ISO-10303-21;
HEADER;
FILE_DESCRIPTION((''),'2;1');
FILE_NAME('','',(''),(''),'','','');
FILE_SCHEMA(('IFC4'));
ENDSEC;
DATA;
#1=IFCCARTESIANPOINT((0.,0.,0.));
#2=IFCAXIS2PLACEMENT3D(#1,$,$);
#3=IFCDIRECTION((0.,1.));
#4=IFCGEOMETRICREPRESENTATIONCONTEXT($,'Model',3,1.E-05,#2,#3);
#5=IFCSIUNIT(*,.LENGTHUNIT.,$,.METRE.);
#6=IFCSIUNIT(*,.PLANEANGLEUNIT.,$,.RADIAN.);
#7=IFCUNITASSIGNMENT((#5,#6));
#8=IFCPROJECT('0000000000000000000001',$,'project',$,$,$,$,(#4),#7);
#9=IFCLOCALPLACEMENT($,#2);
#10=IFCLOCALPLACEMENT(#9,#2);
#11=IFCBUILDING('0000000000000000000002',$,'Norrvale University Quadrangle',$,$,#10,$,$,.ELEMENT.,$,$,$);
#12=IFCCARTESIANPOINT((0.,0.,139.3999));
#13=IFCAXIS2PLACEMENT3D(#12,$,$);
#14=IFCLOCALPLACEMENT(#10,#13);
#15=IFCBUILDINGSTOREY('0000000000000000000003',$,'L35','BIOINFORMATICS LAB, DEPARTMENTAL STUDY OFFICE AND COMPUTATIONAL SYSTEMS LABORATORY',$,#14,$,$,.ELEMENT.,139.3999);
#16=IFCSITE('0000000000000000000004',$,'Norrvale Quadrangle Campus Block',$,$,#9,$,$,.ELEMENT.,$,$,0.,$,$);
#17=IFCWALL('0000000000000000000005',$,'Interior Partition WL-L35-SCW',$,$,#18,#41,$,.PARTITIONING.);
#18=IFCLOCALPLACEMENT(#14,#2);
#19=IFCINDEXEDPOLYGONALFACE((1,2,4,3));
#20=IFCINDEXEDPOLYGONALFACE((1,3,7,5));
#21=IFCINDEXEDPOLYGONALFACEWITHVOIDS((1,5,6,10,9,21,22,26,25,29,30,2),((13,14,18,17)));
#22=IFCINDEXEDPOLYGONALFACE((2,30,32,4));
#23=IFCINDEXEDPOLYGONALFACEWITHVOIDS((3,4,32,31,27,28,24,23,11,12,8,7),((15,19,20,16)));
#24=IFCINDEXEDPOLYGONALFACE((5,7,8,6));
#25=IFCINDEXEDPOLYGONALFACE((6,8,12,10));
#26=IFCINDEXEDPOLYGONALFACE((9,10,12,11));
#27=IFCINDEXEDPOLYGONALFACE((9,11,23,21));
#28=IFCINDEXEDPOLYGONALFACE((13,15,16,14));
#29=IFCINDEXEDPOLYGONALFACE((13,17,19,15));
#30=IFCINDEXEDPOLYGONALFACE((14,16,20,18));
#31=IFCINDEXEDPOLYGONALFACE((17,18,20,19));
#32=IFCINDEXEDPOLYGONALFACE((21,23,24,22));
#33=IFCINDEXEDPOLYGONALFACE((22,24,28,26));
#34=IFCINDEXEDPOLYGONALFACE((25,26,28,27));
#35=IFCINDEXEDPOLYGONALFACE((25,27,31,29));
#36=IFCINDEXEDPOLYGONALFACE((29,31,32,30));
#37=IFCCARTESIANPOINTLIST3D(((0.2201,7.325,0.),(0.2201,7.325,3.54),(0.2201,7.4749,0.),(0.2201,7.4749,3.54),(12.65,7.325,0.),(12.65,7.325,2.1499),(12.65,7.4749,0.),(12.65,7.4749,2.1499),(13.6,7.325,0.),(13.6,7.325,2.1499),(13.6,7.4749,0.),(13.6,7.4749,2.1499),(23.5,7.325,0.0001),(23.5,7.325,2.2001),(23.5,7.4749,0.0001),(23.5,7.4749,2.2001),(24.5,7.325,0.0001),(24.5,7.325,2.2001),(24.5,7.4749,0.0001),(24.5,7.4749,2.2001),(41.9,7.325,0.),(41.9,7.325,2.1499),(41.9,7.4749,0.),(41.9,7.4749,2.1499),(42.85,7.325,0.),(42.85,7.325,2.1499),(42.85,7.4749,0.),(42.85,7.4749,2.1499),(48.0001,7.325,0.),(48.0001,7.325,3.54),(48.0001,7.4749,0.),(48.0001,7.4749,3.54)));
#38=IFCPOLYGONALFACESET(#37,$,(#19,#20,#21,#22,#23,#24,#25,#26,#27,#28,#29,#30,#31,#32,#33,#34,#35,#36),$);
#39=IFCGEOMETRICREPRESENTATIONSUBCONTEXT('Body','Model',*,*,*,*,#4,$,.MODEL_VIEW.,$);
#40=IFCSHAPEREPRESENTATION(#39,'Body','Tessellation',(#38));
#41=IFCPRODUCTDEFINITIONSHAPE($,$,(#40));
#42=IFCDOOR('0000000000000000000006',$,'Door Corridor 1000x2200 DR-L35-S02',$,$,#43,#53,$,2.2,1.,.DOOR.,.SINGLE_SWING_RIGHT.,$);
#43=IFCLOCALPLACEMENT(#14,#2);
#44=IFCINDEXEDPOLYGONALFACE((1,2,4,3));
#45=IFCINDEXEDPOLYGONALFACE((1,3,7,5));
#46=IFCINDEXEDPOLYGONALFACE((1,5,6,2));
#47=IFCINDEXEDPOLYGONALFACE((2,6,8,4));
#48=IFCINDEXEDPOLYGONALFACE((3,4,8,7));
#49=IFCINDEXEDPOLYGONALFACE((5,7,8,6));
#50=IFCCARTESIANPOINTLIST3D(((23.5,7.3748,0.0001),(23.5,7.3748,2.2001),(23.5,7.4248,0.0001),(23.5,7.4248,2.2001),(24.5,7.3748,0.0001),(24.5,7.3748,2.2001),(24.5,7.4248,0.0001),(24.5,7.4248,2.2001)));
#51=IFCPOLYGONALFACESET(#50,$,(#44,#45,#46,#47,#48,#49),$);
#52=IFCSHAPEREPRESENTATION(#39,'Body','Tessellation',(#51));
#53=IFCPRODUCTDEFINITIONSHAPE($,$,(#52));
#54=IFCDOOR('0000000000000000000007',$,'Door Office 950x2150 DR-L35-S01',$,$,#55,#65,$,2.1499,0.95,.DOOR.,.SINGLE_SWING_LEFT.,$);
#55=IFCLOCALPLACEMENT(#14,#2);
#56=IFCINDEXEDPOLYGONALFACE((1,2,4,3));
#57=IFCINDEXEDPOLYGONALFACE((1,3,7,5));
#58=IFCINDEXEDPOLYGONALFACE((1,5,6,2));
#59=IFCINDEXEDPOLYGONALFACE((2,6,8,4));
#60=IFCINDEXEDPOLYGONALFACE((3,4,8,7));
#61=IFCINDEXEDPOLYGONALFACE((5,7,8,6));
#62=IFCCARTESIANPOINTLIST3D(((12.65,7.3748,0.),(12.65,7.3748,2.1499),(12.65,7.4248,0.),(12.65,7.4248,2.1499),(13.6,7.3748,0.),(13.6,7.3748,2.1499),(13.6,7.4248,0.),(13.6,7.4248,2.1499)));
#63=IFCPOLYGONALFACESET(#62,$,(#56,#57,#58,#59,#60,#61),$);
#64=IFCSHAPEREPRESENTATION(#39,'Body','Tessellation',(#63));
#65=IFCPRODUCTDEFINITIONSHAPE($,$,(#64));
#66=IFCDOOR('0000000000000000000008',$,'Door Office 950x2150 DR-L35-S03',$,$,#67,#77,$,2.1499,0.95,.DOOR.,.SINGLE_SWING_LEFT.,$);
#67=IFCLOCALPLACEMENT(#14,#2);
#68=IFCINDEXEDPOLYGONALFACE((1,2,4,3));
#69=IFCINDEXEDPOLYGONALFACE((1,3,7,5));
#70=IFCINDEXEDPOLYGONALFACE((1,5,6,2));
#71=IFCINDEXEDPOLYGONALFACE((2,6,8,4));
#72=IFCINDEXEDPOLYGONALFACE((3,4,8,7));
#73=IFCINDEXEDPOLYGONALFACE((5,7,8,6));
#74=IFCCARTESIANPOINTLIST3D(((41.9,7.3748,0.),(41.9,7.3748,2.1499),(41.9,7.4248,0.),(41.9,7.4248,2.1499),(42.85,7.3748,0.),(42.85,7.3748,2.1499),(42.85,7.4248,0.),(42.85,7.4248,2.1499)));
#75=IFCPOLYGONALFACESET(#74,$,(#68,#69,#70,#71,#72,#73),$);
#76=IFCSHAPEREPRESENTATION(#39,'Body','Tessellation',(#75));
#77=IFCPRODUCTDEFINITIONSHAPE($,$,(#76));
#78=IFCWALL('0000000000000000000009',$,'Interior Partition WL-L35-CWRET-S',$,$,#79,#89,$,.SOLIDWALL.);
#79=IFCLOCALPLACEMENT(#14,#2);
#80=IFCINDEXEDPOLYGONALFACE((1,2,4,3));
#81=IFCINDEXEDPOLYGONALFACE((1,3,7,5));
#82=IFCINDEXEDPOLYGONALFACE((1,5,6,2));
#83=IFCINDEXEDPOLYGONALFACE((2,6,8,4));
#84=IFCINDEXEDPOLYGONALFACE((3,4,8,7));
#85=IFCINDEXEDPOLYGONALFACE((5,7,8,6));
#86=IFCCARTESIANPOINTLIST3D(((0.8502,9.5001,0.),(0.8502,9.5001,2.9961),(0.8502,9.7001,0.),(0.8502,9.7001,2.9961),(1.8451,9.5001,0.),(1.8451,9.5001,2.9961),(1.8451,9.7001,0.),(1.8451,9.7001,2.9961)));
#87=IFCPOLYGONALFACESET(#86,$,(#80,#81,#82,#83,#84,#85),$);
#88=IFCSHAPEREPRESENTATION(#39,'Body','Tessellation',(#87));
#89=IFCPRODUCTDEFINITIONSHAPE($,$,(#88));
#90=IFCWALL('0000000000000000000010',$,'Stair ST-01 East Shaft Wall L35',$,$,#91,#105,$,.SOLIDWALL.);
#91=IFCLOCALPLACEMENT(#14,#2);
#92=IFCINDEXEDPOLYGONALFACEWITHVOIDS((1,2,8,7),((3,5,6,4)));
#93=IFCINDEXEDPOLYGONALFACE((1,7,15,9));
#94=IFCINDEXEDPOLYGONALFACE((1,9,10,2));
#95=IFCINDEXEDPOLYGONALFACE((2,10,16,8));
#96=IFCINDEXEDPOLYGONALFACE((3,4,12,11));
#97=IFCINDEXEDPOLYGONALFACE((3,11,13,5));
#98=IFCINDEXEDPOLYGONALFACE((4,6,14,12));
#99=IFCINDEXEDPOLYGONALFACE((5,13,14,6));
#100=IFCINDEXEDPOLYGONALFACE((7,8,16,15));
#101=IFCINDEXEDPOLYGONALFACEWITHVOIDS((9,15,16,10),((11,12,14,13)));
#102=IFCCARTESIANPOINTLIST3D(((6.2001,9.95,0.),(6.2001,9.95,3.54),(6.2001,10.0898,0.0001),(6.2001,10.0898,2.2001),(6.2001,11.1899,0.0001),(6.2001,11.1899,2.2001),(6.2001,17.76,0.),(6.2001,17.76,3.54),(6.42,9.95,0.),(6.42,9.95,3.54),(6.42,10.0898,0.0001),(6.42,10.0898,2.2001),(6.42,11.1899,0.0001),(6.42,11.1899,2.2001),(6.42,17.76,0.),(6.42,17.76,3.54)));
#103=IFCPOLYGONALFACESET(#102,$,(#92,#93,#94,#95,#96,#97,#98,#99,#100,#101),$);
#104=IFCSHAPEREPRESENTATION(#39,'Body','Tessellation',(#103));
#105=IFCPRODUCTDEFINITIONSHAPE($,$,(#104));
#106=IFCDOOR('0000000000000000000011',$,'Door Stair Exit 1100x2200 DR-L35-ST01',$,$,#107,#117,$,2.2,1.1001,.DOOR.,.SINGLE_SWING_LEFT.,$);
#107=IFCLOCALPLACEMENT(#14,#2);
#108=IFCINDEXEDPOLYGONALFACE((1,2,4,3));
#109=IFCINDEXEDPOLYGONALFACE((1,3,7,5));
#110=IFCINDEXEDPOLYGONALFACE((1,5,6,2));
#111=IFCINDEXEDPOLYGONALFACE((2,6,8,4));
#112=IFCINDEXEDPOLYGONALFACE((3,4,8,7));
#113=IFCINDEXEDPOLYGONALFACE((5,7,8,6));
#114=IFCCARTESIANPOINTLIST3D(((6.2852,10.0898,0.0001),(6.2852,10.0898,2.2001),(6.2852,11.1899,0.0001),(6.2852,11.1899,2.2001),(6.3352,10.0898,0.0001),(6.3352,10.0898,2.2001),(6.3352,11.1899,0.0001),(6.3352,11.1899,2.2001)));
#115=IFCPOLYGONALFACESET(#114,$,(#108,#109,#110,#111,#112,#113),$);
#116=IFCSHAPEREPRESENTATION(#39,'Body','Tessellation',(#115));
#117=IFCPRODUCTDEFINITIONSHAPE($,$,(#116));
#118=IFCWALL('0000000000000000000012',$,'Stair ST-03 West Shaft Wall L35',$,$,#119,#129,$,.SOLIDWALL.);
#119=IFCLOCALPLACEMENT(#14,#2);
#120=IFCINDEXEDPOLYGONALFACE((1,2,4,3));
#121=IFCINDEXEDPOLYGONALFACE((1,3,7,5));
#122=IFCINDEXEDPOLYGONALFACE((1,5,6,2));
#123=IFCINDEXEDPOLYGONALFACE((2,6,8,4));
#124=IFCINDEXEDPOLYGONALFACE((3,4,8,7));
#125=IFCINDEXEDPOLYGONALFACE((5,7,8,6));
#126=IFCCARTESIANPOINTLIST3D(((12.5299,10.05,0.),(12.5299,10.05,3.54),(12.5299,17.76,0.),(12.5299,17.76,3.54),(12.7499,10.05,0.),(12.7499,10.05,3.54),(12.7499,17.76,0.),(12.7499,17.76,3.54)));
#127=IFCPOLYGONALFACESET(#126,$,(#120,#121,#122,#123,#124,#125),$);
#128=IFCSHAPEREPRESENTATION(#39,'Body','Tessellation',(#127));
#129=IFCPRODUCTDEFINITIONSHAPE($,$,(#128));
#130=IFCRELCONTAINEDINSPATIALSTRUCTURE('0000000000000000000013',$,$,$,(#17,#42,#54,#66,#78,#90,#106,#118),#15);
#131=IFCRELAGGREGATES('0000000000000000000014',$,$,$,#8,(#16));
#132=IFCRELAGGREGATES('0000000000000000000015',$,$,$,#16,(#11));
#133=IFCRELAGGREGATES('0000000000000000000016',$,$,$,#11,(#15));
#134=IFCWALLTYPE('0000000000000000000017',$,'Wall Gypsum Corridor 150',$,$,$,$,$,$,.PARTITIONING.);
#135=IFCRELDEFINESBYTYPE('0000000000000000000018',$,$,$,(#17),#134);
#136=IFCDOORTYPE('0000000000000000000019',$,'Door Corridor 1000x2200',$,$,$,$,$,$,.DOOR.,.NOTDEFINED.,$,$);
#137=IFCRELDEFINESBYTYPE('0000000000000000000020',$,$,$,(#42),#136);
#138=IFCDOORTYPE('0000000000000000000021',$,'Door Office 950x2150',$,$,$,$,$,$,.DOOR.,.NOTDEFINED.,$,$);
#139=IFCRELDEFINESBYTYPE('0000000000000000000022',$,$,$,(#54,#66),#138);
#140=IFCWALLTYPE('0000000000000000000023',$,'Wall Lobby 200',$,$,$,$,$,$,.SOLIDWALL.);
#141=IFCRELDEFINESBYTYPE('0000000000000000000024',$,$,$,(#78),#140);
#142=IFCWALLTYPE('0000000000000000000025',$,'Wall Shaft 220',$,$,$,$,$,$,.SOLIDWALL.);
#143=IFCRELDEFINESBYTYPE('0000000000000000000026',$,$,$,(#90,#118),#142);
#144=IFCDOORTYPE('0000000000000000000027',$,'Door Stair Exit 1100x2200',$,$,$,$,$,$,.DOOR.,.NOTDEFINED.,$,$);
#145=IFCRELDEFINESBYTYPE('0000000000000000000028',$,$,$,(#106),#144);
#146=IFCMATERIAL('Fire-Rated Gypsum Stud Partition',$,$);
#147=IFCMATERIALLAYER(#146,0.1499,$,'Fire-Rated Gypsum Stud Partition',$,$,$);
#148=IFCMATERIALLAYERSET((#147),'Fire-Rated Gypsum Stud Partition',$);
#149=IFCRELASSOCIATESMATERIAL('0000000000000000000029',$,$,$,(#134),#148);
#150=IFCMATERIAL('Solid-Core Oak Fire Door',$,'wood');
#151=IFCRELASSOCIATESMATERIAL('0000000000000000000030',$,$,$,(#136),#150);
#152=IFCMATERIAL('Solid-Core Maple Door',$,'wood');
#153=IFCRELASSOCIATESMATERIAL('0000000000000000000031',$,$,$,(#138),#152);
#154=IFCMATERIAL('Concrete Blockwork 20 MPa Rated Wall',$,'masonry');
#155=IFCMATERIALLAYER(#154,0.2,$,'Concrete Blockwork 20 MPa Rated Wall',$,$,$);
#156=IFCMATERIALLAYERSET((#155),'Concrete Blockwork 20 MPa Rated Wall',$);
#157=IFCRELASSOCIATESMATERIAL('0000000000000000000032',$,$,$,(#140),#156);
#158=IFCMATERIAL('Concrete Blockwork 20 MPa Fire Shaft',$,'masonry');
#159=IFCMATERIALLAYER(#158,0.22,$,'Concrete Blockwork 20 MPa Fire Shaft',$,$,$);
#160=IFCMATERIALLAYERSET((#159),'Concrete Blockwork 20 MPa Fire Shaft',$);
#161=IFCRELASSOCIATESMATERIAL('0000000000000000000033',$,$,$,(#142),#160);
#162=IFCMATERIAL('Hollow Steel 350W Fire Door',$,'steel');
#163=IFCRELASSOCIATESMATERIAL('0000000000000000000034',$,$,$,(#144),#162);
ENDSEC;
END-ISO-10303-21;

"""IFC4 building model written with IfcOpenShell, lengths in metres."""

from ifc_helpers import new_model, si_unit, direction, frame, frame_2d, origin, place, context, subcontext, project, spatial, rectangle, extrude, material, layer, layer_set, type_object, element, fill, save


model = new_model("IFC4")

# Units and contexts
model_context = context("Model", 3, precision=1e-05, world=origin(), true_north=direction((0.0, 1.0)))
body_context = subcontext(model_context, "Body", "Model", "MODEL_VIEW")
ifc_project = project(units=[si_unit("LENGTHUNIT", "METRE"), si_unit("PLANEANGLEUNIT", "RADIAN")], contexts=[model_context])

# Site, building, storey
site_placement = place(None, origin())
site = spatial("IfcSite", under=ifc_project, at=site_placement, Name="Norrvale Quadrangle Campus Block", CompositionType="ELEMENT", RefElevation=0.0)
building_placement = place(site_placement, origin())
building = spatial("IfcBuilding", under=site, at=building_placement, Name="Norrvale University Quadrangle", CompositionType="ELEMENT")
storey_placement = place(building_placement, frame((0.0, 0.0, 139.3999)))
storey = spatial("IfcBuildingStorey", under=building, at=storey_placement, Name="L35", Description="BIOINFORMATICS LAB, DEPARTMENTAL STUDY OFFICE AND COMPUTATIONAL SYSTEMS LABORATORY", CompositionType="ELEMENT", Elevation=139.3999)

# Shared definitions
ifc_material_1 = material(Name="Fire-Rated Gypsum Stud Partition")
ifc_layer_1 = layer(ifc_material_1, 0.1499, Name="Fire-Rated Gypsum Stud Partition")
ifc_layer_set_1 = layer_set([ifc_layer_1], Name="Fire-Rated Gypsum Stud Partition")
wall_type_1 = type_object("IfcWallType", Name="Wall Gypsum Corridor 150", PredefinedType="PARTITIONING", material=ifc_layer_set_1)

# Wall, openings, doors
wall_1_placement = place(storey_placement, frame((0.22, 7.3999, 0.0), z_axis=(0.0, 0.0, 1.0), x_axis=(1.0, 0.0, 0.0)))
wall_1 = element("IfcWall", 1, at=wall_1_placement, inside=storey, type_object=wall_type_1, Name="Interior Partition WL-L35-SCW", PredefinedType="PARTITIONING", context=body_context, shape_type="SweptSolid", body=[
    extrude(rectangle(XDim=47.78, YDim=0.1499, at=frame_2d((23.8901, 0.0))), origin(), (0.0, 0.0, 1.0), 3.54),
])
opening_1_placement = place(wall_1_placement, frame((12.4299, 0.0, 0.0)))
opening_1 = element("IfcOpeningElement", 2, at=opening_1_placement, cuts=wall_1, PredefinedType="OPENING", context=body_context, shape_type="SweptSolid", body=[
    extrude(rectangle(XDim=0.95, YDim=2.1499, at=frame_2d((0.4751, 1.075))), frame((0.0, 0.0869, 0.0), z_axis=(0.0, -1.0, 0.0), x_axis=(1.0, 0.0, 0.0)), (0.0, 0.0, 1.0), 0.1738),
])
opening_2_placement = place(wall_1_placement, frame((23.28, 0.0, 0.0)))
opening_2 = element("IfcOpeningElement", 3, at=opening_2_placement, cuts=wall_1, PredefinedType="OPENING", context=body_context, shape_type="SweptSolid", body=[
    extrude(rectangle(XDim=1.0, YDim=2.2, at=frame_2d((0.5, 1.1001))), frame((0.0, 0.0869, 0.0), z_axis=(0.0, -1.0, 0.0), x_axis=(1.0, 0.0, 0.0)), (0.0, 0.0, 1.0), 0.1738),
])
opening_3_placement = place(wall_1_placement, frame((41.6799, 0.0, 0.0)))
opening_3 = element("IfcOpeningElement", 4, at=opening_3_placement, cuts=wall_1, PredefinedType="OPENING", context=body_context, shape_type="SweptSolid", body=[
    extrude(rectangle(XDim=0.95, YDim=2.1499, at=frame_2d((0.4751, 1.075))), frame((0.0, 0.0869, 0.0), z_axis=(0.0, -1.0, 0.0), x_axis=(1.0, 0.0, 0.0)), (0.0, 0.0, 1.0), 0.1738),
])
ifc_material_2 = material(Name="Solid-Core Oak Fire Door", Category="wood")
door_type_1 = type_object("IfcDoorType", Name="Door Corridor 1000x2200", OperationType="NOTDEFINED", PredefinedType="DOOR", material=ifc_material_2)
door_1_placement = place(opening_2_placement, origin())
door_1 = element("IfcDoor", 5, at=door_1_placement, inside=storey, type_object=door_type_1, Name="Door Corridor 1000x2200 DR-L35-S02", OperationType="SINGLE_SWING_RIGHT", OverallHeight=2.2, OverallWidth=1.0, PredefinedType="DOOR", context=body_context, shape_type="SweptSolid", body=[
    extrude(rectangle(XDim=1.0, YDim=2.2, at=frame_2d((0.5, 1.1001))), frame((0.0, 0.0249, 0.0), z_axis=(0.0, -1.0, 0.0), x_axis=(1.0, 0.0, 0.0)), (0.0, 0.0, 1.0), 0.05),
])
fill(opening_2, door_1)
ifc_material_3 = material(Name="Solid-Core Maple Door", Category="wood")
door_type_2 = type_object("IfcDoorType", Name="Door Office 950x2150", OperationType="NOTDEFINED", PredefinedType="DOOR", material=ifc_material_3)
door_2_placement = place(opening_1_placement, origin())
door_2 = element("IfcDoor", 6, at=door_2_placement, inside=storey, type_object=door_type_2, Name="Door Office 950x2150 DR-L35-S01", OperationType="SINGLE_SWING_LEFT", OverallHeight=2.1499, OverallWidth=0.95, PredefinedType="DOOR", context=body_context, shape_type="SweptSolid", body=[
    extrude(rectangle(XDim=0.95, YDim=2.1499, at=frame_2d((0.4751, 1.075))), frame((0.0, 0.0249, 0.0), z_axis=(0.0, -1.0, 0.0), x_axis=(1.0, 0.0, 0.0)), (0.0, 0.0, 1.0), 0.05),
])
fill(opening_1, door_2)
door_3_placement = place(opening_3_placement, origin())
door_3 = element("IfcDoor", 7, at=door_3_placement, inside=storey, type_object=door_type_2, Name="Door Office 950x2150 DR-L35-S03", OperationType="SINGLE_SWING_LEFT", OverallHeight=2.1499, OverallWidth=0.95, PredefinedType="DOOR", context=body_context, shape_type="SweptSolid", body=[
    extrude(rectangle(XDim=0.95, YDim=2.1499, at=frame_2d((0.4751, 1.075))), frame((0.0, 0.0249, 0.0), z_axis=(0.0, -1.0, 0.0), x_axis=(1.0, 0.0, 0.0)), (0.0, 0.0, 1.0), 0.05),
])
fill(opening_3, door_3)

# Wall
ifc_material_4 = material(Name="Concrete Blockwork 20 MPa Rated Wall", Category="masonry")
ifc_layer_2 = layer(ifc_material_4, 0.2, Name="Concrete Blockwork 20 MPa Rated Wall")
ifc_layer_set_2 = layer_set([ifc_layer_2], Name="Concrete Blockwork 20 MPa Rated Wall")
wall_type_2 = type_object("IfcWallType", Name="Wall Lobby 200", PredefinedType="SOLIDWALL", material=ifc_layer_set_2)
wall_2_placement = place(storey_placement, frame((0.8501, 9.6001, 0.0), z_axis=(0.0, 0.0, 1.0), x_axis=(1.0, 0.0, 0.0)))
element("IfcWall", 8, at=wall_2_placement, inside=storey, type_object=wall_type_2, Name="Interior Partition WL-L35-CWRET-S", PredefinedType="SOLIDWALL", context=body_context, shape_type="SweptSolid", body=[
    extrude(rectangle(XDim=0.9949, YDim=0.2, at=frame_2d((0.4976, 0.0))), origin(), (0.0, 0.0, 1.0), 2.9961),
])

# Wall, opening, door
ifc_material_5 = material(Name="Concrete Blockwork 20 MPa Fire Shaft", Category="masonry")
ifc_layer_3 = layer(ifc_material_5, 0.22, Name="Concrete Blockwork 20 MPa Fire Shaft")
ifc_layer_set_3 = layer_set([ifc_layer_3], Name="Concrete Blockwork 20 MPa Fire Shaft")
wall_type_3 = type_object("IfcWallType", Name="Wall Shaft 220", PredefinedType="SOLIDWALL", material=ifc_layer_set_3)
wall_3_placement = place(storey_placement, frame((6.3101, 9.95, 0.0), z_axis=(0.0, 0.0, 1.0), x_axis=(0.0, 1.0, 0.0)))
wall_3 = element("IfcWall", 9, at=wall_3_placement, inside=storey, type_object=wall_type_3, Name="Stair ST-01 East Shaft Wall L35", PredefinedType="SOLIDWALL", context=body_context, shape_type="SweptSolid", body=[
    extrude(rectangle(XDim=7.8101, YDim=0.22, at=frame_2d((3.905, 0.0))), origin(), (0.0, 0.0, 1.0), 3.54),
])
opening_4_placement = place(wall_3_placement, frame((0.1399, 0.0, 0.0)))
opening_4 = element("IfcOpeningElement", 10, at=opening_4_placement, cuts=wall_3, PredefinedType="OPENING", context=body_context, shape_type="SweptSolid", body=[
    extrude(rectangle(XDim=1.1001, YDim=2.2, at=frame_2d((0.55, 1.1001))), frame((0.0, 0.1221, 0.0), z_axis=(0.0, -1.0, 0.0), x_axis=(1.0, 0.0, 0.0)), (0.0, 0.0, 1.0), 0.2439),
])
ifc_material_6 = material(Name="Hollow Steel 350W Fire Door", Category="steel")
door_type_3 = type_object("IfcDoorType", Name="Door Stair Exit 1100x2200", OperationType="NOTDEFINED", PredefinedType="DOOR", material=ifc_material_6)
door_4_placement = place(opening_4_placement, origin())
door_4 = element("IfcDoor", 11, at=door_4_placement, inside=storey, type_object=door_type_3, Name="Door Stair Exit 1100x2200 DR-L35-ST01", OperationType="SINGLE_SWING_LEFT", OverallHeight=2.2, OverallWidth=1.1001, PredefinedType="DOOR", context=body_context, shape_type="SweptSolid", body=[
    extrude(rectangle(XDim=1.1001, YDim=2.2, at=frame_2d((0.55, 1.1001))), frame((0.0, 0.0249, 0.0), z_axis=(0.0, -1.0, 0.0), x_axis=(1.0, 0.0, 0.0)), (0.0, 0.0, 1.0), 0.05),
])
fill(opening_4, door_4)

# Wall
wall_4_placement = place(storey_placement, frame((12.6399, 10.05, 0.0), z_axis=(0.0, 0.0, 1.0), x_axis=(0.0, 1.0, 0.0)))
element("IfcWall", 12, at=wall_4_placement, inside=storey, type_object=wall_type_3, Name="Stair ST-03 West Shaft Wall L35", PredefinedType="SOLIDWALL", context=body_context, shape_type="SweptSolid", body=[
    extrude(rectangle(XDim=7.71, YDim=0.22, at=frame_2d((3.855, 0.0))), origin(), (0.0, 0.0, 1.0), 3.54),
])

save(model, "model.ifc")
